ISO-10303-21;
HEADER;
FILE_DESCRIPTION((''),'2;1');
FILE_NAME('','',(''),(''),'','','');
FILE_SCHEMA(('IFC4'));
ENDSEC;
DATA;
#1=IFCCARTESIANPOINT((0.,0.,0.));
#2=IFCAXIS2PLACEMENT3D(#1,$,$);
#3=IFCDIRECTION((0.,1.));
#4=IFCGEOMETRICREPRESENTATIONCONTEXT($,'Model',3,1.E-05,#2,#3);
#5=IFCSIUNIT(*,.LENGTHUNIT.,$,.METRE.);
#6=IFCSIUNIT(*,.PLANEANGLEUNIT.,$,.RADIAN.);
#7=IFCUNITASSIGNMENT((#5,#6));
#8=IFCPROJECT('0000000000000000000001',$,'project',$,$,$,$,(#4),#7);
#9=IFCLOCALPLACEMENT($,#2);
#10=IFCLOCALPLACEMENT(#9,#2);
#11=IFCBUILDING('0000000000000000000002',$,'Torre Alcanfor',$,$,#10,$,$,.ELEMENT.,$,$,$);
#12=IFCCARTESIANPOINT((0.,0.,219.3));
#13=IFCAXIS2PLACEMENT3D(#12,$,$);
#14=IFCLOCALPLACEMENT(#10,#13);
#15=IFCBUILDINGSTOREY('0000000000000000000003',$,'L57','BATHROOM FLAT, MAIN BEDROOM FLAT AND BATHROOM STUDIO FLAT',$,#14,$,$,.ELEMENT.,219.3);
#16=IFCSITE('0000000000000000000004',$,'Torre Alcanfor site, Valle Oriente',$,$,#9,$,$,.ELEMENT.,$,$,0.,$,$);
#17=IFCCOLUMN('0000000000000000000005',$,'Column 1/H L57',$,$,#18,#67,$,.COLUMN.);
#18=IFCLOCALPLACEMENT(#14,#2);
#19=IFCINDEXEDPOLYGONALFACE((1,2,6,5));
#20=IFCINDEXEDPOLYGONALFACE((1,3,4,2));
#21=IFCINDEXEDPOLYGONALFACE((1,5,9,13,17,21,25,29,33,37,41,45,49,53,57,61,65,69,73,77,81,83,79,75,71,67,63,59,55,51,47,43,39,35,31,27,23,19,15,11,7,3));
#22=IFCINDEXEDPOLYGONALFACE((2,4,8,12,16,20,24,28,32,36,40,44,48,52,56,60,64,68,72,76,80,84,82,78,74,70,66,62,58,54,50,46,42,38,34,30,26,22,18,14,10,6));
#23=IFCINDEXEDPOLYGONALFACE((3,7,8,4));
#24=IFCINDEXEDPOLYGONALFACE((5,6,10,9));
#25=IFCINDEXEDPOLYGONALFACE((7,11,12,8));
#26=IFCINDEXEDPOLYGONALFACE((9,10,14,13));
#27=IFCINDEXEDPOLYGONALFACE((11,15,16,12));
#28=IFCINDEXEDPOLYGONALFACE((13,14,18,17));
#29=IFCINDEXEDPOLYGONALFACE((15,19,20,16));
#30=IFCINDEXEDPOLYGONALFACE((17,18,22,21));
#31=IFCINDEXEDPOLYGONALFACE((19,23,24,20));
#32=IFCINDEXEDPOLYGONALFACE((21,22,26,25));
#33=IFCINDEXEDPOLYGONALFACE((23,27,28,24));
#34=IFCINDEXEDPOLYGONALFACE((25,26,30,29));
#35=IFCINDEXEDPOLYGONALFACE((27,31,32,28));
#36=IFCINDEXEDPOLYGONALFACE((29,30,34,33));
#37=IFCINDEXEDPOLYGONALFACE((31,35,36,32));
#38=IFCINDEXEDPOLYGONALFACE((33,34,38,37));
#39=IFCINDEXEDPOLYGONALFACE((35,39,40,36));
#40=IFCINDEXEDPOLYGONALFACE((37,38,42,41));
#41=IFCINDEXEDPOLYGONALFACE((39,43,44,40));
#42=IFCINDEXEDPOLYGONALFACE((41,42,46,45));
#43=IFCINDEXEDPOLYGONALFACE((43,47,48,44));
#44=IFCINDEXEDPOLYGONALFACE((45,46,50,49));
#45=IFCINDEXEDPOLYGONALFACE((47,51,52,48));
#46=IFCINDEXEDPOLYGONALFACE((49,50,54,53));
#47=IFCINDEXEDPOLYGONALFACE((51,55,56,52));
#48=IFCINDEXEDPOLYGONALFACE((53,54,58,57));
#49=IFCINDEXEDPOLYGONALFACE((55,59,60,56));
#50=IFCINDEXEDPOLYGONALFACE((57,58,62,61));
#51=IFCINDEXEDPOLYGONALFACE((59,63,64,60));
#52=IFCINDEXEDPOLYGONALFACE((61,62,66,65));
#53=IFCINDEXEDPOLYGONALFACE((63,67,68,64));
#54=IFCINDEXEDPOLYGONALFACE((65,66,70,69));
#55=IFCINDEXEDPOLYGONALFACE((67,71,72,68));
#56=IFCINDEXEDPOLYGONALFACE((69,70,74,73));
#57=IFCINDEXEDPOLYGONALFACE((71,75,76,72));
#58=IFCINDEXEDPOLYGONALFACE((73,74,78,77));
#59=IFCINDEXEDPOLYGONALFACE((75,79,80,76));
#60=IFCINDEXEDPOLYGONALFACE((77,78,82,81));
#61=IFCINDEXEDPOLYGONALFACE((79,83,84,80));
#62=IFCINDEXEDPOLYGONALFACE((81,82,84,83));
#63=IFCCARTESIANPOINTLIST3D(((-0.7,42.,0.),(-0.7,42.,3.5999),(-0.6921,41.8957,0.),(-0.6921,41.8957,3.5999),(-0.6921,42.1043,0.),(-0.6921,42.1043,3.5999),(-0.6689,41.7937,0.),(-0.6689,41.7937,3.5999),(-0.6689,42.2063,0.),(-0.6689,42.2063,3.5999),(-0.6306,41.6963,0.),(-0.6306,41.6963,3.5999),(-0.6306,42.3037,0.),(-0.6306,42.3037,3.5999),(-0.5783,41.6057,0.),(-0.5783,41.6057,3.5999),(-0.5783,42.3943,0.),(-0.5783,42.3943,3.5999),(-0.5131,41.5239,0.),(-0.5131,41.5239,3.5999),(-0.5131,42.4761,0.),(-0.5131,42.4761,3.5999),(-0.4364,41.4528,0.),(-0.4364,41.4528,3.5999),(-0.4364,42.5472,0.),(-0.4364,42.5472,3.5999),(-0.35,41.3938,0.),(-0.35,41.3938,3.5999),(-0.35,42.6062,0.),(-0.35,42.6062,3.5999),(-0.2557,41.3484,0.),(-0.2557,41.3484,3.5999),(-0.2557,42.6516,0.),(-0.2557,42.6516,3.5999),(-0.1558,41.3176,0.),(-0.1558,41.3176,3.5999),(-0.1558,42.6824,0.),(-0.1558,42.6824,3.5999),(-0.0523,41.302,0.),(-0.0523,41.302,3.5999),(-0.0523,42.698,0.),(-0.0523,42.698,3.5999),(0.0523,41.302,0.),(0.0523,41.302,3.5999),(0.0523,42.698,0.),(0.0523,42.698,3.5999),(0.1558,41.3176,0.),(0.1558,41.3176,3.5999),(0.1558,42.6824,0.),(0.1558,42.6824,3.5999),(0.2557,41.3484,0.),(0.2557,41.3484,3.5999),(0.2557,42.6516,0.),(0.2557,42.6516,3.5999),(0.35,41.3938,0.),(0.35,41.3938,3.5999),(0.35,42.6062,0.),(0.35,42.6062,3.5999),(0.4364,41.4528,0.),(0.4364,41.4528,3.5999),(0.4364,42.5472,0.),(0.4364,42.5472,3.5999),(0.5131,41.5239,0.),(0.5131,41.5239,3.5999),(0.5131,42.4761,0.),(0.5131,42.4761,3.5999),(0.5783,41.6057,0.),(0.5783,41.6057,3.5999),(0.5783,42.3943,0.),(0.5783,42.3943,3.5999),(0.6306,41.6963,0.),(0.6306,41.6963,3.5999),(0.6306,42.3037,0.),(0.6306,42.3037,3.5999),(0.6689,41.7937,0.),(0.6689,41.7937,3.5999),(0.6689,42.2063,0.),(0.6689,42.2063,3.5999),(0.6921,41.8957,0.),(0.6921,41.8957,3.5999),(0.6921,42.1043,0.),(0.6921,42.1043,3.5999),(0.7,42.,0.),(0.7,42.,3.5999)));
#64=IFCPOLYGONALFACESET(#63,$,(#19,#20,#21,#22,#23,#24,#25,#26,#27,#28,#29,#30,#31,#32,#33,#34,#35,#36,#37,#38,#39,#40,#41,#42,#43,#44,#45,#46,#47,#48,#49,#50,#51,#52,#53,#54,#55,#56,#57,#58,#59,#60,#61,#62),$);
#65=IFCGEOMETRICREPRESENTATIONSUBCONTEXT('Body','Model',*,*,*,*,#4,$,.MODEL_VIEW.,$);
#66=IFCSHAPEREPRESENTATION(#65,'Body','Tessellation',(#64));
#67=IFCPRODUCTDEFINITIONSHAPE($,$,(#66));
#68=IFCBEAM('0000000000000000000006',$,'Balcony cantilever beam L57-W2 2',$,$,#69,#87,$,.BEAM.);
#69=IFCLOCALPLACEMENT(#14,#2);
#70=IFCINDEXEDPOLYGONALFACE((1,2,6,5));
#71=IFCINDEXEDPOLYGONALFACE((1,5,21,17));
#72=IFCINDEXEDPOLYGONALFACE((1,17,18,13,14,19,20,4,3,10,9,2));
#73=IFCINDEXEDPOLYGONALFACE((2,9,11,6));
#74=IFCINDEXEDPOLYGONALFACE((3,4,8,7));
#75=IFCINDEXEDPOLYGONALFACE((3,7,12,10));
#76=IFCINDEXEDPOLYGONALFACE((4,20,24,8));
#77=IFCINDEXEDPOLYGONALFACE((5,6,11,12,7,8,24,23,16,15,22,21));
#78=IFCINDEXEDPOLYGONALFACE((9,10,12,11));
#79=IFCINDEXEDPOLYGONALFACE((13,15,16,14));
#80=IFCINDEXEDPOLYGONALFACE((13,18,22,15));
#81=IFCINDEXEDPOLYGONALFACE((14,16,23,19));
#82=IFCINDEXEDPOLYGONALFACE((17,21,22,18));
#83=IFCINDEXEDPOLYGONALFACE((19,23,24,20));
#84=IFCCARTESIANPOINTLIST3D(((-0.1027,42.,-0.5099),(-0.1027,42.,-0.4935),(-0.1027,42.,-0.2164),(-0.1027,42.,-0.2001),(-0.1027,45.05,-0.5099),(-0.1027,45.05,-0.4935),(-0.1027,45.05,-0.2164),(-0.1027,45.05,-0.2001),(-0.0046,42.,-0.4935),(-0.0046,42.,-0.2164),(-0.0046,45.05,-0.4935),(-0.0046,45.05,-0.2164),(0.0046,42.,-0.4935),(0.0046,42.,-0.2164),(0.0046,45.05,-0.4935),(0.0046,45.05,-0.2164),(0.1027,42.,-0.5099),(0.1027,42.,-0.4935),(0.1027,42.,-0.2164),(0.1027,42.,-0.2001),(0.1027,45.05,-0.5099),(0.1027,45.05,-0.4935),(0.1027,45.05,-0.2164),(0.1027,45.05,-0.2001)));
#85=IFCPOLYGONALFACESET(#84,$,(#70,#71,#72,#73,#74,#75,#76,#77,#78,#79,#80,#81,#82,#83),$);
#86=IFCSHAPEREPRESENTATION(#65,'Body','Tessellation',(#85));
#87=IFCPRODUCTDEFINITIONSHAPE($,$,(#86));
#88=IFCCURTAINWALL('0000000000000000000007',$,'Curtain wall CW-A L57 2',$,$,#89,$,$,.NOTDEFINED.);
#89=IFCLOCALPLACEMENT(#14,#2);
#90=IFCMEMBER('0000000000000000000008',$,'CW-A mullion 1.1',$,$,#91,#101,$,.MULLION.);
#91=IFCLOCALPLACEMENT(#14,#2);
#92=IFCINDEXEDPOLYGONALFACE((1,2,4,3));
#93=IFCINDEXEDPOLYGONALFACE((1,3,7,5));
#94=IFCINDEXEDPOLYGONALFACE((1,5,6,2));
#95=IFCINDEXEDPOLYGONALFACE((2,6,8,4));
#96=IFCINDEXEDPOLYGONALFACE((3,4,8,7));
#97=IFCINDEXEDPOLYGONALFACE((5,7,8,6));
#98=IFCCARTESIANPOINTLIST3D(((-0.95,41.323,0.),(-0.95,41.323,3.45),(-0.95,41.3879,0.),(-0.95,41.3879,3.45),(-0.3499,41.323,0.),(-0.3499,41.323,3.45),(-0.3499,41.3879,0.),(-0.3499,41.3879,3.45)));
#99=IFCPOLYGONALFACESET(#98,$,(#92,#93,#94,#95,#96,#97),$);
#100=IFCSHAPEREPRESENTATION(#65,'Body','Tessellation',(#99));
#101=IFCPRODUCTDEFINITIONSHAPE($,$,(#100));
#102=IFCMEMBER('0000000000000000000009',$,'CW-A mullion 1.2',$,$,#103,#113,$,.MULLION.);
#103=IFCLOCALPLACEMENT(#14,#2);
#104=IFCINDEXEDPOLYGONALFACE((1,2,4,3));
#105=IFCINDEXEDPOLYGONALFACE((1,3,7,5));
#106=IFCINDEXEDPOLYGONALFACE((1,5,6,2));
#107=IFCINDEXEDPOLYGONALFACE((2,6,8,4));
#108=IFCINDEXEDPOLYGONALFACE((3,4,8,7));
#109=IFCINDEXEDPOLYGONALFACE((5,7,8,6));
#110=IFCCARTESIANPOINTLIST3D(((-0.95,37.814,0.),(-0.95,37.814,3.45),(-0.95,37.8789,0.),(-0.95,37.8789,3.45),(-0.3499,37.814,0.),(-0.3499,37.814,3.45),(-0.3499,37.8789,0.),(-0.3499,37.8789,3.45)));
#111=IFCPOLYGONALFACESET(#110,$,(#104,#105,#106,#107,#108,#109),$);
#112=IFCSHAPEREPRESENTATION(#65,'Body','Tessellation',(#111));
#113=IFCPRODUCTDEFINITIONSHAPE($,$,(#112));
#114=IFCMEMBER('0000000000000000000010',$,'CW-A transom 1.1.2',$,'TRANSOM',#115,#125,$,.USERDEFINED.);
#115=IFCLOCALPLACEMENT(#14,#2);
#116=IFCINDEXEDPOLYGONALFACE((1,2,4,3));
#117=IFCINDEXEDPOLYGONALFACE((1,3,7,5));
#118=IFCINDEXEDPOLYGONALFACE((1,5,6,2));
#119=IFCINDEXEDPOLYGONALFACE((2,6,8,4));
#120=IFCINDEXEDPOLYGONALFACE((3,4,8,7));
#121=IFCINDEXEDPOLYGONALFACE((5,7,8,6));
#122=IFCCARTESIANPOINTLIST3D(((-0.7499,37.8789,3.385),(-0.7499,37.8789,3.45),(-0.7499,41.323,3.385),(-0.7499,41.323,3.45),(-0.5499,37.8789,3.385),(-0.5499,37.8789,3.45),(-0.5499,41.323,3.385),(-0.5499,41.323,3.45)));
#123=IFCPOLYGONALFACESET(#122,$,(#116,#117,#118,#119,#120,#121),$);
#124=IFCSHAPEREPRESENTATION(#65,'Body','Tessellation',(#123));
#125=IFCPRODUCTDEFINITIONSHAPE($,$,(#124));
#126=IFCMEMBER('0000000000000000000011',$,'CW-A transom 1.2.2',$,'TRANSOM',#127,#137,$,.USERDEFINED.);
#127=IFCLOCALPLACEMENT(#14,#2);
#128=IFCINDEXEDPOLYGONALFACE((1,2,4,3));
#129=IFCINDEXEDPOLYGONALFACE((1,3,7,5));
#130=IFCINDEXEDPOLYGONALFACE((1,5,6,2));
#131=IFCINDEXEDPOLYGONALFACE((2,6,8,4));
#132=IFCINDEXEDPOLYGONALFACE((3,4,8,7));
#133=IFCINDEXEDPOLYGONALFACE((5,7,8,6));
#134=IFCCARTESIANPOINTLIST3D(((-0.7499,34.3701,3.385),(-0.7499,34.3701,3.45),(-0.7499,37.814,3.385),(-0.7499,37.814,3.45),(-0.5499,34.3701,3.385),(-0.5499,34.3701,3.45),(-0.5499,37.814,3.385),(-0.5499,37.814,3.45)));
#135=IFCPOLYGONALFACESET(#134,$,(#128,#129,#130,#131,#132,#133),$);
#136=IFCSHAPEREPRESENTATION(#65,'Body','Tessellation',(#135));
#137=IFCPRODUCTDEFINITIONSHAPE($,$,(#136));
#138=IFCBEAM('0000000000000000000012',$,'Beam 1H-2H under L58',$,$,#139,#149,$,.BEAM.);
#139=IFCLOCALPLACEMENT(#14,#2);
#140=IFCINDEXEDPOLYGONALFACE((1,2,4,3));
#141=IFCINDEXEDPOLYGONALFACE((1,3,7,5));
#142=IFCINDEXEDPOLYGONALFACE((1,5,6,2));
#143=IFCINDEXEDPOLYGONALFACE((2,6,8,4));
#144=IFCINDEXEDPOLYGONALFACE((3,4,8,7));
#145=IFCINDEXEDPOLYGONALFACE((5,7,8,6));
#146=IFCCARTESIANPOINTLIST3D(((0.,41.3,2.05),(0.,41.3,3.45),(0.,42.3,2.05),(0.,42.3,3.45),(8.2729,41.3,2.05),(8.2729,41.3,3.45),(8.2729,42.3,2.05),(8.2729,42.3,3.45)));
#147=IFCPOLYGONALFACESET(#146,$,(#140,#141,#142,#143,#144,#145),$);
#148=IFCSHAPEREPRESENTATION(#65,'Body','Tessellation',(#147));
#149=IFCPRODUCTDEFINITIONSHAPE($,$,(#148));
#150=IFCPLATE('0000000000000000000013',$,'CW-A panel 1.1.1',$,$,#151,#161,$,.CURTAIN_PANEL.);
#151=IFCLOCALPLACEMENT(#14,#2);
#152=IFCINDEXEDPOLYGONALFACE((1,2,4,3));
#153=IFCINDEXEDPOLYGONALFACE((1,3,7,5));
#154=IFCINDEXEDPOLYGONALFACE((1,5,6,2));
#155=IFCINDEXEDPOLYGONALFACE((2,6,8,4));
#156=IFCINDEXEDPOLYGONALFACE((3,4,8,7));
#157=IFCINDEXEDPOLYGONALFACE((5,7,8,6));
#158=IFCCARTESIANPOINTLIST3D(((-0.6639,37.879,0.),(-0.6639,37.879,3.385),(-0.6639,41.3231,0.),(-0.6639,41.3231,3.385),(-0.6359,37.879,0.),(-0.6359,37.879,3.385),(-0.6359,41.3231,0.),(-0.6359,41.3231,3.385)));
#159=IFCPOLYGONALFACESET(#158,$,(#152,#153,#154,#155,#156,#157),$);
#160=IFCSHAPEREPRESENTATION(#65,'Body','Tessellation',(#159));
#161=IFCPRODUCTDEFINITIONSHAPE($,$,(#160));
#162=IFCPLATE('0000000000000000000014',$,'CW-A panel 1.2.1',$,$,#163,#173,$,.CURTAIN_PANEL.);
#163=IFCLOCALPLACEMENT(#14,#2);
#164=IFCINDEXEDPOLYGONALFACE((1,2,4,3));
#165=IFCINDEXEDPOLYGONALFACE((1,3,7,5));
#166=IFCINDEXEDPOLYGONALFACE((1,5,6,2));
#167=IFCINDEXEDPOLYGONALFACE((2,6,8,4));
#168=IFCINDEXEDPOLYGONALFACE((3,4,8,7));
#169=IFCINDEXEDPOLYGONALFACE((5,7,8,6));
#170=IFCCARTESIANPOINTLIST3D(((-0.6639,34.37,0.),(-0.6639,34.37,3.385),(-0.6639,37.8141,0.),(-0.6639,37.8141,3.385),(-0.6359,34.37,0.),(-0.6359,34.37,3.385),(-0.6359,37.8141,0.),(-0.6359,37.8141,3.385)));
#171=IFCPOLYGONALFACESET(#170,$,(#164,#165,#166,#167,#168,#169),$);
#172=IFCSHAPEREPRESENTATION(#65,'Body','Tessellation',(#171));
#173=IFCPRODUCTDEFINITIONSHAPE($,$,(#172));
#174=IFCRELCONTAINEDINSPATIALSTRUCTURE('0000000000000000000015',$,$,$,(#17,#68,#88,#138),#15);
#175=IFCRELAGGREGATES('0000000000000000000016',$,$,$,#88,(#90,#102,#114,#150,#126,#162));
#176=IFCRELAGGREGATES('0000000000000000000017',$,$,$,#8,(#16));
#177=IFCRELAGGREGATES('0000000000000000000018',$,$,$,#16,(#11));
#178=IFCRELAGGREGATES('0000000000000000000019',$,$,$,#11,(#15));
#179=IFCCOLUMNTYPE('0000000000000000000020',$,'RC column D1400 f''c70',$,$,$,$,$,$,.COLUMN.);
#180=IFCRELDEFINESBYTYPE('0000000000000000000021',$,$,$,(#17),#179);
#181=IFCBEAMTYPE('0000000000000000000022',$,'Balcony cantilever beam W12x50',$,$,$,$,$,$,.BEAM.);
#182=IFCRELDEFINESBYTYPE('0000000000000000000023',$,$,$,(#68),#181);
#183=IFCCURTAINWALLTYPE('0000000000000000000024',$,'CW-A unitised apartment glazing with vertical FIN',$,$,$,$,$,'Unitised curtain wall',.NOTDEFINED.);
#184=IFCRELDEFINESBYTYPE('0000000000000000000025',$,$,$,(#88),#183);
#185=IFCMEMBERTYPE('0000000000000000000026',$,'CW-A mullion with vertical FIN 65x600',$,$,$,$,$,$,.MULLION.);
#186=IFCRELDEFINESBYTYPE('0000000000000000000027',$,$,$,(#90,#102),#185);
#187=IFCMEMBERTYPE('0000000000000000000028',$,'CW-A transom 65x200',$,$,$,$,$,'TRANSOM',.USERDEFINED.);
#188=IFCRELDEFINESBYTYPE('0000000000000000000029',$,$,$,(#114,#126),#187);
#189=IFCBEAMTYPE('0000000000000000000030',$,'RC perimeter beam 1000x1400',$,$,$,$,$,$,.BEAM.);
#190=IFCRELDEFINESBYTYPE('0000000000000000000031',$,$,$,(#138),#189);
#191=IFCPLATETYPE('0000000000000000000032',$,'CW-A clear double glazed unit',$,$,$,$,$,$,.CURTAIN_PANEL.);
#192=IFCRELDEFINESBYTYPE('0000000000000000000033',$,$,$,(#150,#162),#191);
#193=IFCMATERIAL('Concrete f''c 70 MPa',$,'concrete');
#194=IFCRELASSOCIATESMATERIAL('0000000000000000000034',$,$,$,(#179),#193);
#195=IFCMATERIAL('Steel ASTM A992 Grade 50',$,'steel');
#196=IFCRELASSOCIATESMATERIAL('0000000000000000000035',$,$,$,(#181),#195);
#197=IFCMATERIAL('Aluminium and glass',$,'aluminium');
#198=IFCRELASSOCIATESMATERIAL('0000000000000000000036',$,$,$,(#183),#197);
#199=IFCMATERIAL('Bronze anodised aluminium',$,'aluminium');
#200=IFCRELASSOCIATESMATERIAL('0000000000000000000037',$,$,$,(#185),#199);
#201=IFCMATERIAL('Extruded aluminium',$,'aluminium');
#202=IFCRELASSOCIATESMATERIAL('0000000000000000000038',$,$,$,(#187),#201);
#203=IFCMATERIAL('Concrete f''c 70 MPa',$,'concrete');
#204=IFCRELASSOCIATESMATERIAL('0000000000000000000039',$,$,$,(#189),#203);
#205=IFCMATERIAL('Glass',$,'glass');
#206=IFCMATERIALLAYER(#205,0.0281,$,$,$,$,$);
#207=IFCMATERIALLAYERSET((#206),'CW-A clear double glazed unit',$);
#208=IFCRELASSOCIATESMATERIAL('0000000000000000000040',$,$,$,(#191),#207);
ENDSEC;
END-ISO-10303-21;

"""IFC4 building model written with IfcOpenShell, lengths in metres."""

from ifc_helpers import new_model, si_unit, direction, frame, origin, origin_2d, place, context, subcontext, project, spatial, rectangle, circle, i_section, extrude, material, layer, layer_set, material_profile, profile_set, type_object, element, aggregate, save


model = new_model("IFC4")

# Units and contexts
model_context = context("Model", 3, precision=1e-05, world=origin(), true_north=direction((0.0, 1.0)))
body_context = subcontext(model_context, "Body", "Model", "MODEL_VIEW")
ifc_project = project(units=[si_unit("LENGTHUNIT", "METRE"), si_unit("PLANEANGLEUNIT", "RADIAN")], contexts=[model_context])

# Site, building, storey
site_placement = place(None, origin())
site = spatial("IfcSite", under=ifc_project, at=site_placement, Name="Torre Alcanfor site, Valle Oriente", CompositionType="ELEMENT", RefElevation=0.0)
building_placement = place(site_placement, origin())
building = spatial("IfcBuilding", under=site, at=building_placement, Name="Torre Alcanfor", CompositionType="ELEMENT")
storey_placement = place(building_placement, frame((0.0, 0.0, 219.3)))
storey = spatial("IfcBuildingStorey", under=building, at=storey_placement, Name="L57", Description="BATHROOM FLAT, MAIN BEDROOM FLAT AND BATHROOM STUDIO FLAT", CompositionType="ELEMENT", Elevation=219.3)

# Column
ifc_material_1 = material(Name="Concrete f'c 70 MPa", Category="concrete")
ifc_material_profile_1 = material_profile(ifc_material_1, circle(Radius=0.7, at=origin_2d()), Name="D1400")
ifc_profile_set_1 = profile_set([ifc_material_profile_1], Name="Concrete f'c 70 MPa")
column_type = type_object("IfcColumnType", Name="RC column D1400 f'c70", PredefinedType="COLUMN", material=ifc_profile_set_1)
column_placement = place(storey_placement, frame((0.0, 42.0, 0.0), z_axis=(0.0, 0.0, 1.0), x_axis=(1.0, 0.0, 0.0)))
element("IfcColumn", 1, at=column_placement, inside=storey, type_object=column_type, Name="Column 1/H L57", PredefinedType="COLUMN", context=body_context, shape_type="SweptSolid", body=[
    extrude(circle(Radius=0.7, at=origin_2d()), origin(), (0.0, 0.0, 1.0), 3.5999),
])

# Beam
ifc_material_2 = material(Name="Steel ASTM A992 Grade 50", Category="steel")
ifc_material_profile_2 = material_profile(ifc_material_2, i_section(OverallWidth=0.2053, OverallDepth=0.3098, WebThickness=0.0093, FlangeThickness=0.0164, at=origin_2d()), Name="W12x50")
ifc_profile_set_2 = profile_set([ifc_material_profile_2], Name="Steel ASTM A992 Grade 50")
beam_type_1 = type_object("IfcBeamType", Name="Balcony cantilever beam W12x50", PredefinedType="BEAM", material=ifc_profile_set_2)
beam_1_placement = place(storey_placement, frame((0.0, 42.0, -0.355), z_axis=(0.0, 1.0, 0.0), x_axis=(-1.0, 0.0, 0.0)))
element("IfcBeam", 2, at=beam_1_placement, inside=storey, type_object=beam_type_1, Name="Balcony cantilever beam L57-W2 2", PredefinedType="BEAM", context=body_context, shape_type="SweptSolid", body=[
    extrude(i_section(OverallWidth=0.2053, OverallDepth=0.3098, WebThickness=0.0093, FlangeThickness=0.0164, at=origin_2d()), origin(), (0.0, 0.0, 1.0), 3.05),
])

# Curtain wall, members
ifc_material_3 = material(Name="Aluminium and glass", Category="aluminium")
curtain_wall_type = type_object("IfcCurtainWallType", Name="CW-A unitised apartment glazing with vertical FIN", ElementType="Unitised curtain wall", PredefinedType="NOTDEFINED", material=ifc_material_3)
curtain_wall_placement = place(storey_placement, origin())
curtain_wall = element("IfcCurtainWall", 3, at=curtain_wall_placement, inside=storey, type_object=curtain_wall_type, Name="Curtain wall CW-A L57 2", PredefinedType="NOTDEFINED")
ifc_material_4 = material(Name="Bronze anodised aluminium", Category="aluminium")
ifc_material_profile_3 = material_profile(ifc_material_4, rectangle(XDim=0.6001, YDim=0.0649, at=origin_2d()), Name="CW-A mullion 65x600")
ifc_profile_set_3 = profile_set([ifc_material_profile_3], Name="Bronze anodised aluminium")
member_type_1 = type_object("IfcMemberType", Name="CW-A mullion with vertical FIN 65x600", PredefinedType="MULLION", material=ifc_profile_set_3)
member_1_placement = place(storey_placement, frame((-0.6499, 41.3555, 0.0), z_axis=(0.0, 0.0, 1.0), x_axis=(1.0, 0.0, 0.0)))
member_1 = element("IfcMember", 4, at=member_1_placement, type_object=member_type_1, Name="CW-A mullion 1.1", PredefinedType="MULLION", context=body_context, shape_type="SweptSolid", body=[
    extrude(rectangle(XDim=0.6001, YDim=0.0649, at=origin_2d()), origin(), (0.0, 0.0, 1.0), 3.45),
])
member_2_placement = place(storey_placement, frame((-0.6499, 37.8464, 0.0), z_axis=(0.0, 0.0, 1.0), x_axis=(1.0, 0.0, 0.0)))
member_2 = element("IfcMember", 5, at=member_2_placement, type_object=member_type_1, Name="CW-A mullion 1.2", PredefinedType="MULLION", context=body_context, shape_type="SweptSolid", body=[
    extrude(rectangle(XDim=0.6001, YDim=0.0649, at=origin_2d()), origin(), (0.0, 0.0, 1.0), 3.45),
])
ifc_material_5 = material(Name="Extruded aluminium", Category="aluminium")
ifc_material_profile_4 = material_profile(ifc_material_5, rectangle(XDim=0.2, YDim=0.0649, at=origin_2d()), Name="CW-A transom 200x65")
ifc_profile_set_4 = profile_set([ifc_material_profile_4], Name="Extruded aluminium")
member_type_2 = type_object("IfcMemberType", Name="CW-A transom 65x200", ElementType="TRANSOM", PredefinedType="USERDEFINED", material=ifc_profile_set_4)
member_3_placement = place(storey_placement, frame((-0.6499, 41.323, 3.4175), z_axis=(0.0, -1.0, 0.0), x_axis=(1.0, 0.0, 0.0)))
member_3 = element("IfcMember", 6, at=member_3_placement, type_object=member_type_2, Name="CW-A transom 1.1.2", ObjectType="TRANSOM", PredefinedType="USERDEFINED", context=body_context, shape_type="SweptSolid", body=[
    extrude(rectangle(XDim=0.2, YDim=0.0649, at=origin_2d()), origin(), (0.0, 0.0, 1.0), 3.4441),
])
member_4_placement = place(storey_placement, frame((-0.6499, 37.814, 3.4175), z_axis=(0.0, -1.0, 0.0), x_axis=(1.0, 0.0, 0.0)))
member_4 = element("IfcMember", 7, at=member_4_placement, type_object=member_type_2, Name="CW-A transom 1.2.2", ObjectType="TRANSOM", PredefinedType="USERDEFINED", context=body_context, shape_type="SweptSolid", body=[
    extrude(rectangle(XDim=0.2, YDim=0.0649, at=origin_2d()), origin(), (0.0, 0.0, 1.0), 3.4438),
])

# Beam
ifc_material_6 = material(Name="Concrete f'c 70 MPa", Category="concrete")
ifc_material_profile_5 = material_profile(ifc_material_6, rectangle(XDim=1.0, YDim=1.3999, at=origin_2d()), Name="1000x1400")
ifc_profile_set_5 = profile_set([ifc_material_profile_5], Name="Concrete f'c 70 MPa")
beam_type_2 = type_object("IfcBeamType", Name="RC perimeter beam 1000x1400", PredefinedType="BEAM", material=ifc_profile_set_5)
beam_2_placement = place(storey_placement, frame((0.0, 41.8, 2.75), z_axis=(1.0, 0.0, 0.0), x_axis=(0.0, 1.0, 0.0)))
element("IfcBeam", 8, at=beam_2_placement, inside=storey, type_object=beam_type_2, Name="Beam 1H-2H under L58", PredefinedType="BEAM", context=body_context, shape_type="SweptSolid", body=[
    extrude(rectangle(XDim=1.0, YDim=1.3999, at=origin_2d()), origin(), (0.0, 0.0, 1.0), 8.2729),
])

# Plates
ifc_material_7 = material(Name="Glass", Category="glass")
ifc_layer_1 = layer(ifc_material_7, 0.0281)
ifc_layer_set_1 = layer_set([ifc_layer_1], Name="CW-A clear double glazed unit")
plate_type = type_object("IfcPlateType", Name="CW-A clear double glazed unit", PredefinedType="CURTAIN_PANEL", material=ifc_layer_set_1)
plate_1_placement = place(storey_placement, frame((-0.6499, 39.6011, 0.0), z_axis=(0.0, 0.0, 1.0), x_axis=(0.0, -1.0, 0.0)))
plate_1 = element("IfcPlate", 9, at=plate_1_placement, type_object=plate_type, Name="CW-A panel 1.1.1", PredefinedType="CURTAIN_PANEL", context=body_context, shape_type="SweptSolid", body=[
    extrude(rectangle(XDim=3.4441, YDim=0.0281, at=origin_2d()), origin(), (0.0, 0.0, 1.0), 3.385),
])
plate_2_placement = place(storey_placement, frame((-0.6499, 36.092, 0.0), z_axis=(0.0, 0.0, 1.0), x_axis=(0.0, -1.0, 0.0)))
plate_2 = element("IfcPlate", 10, at=plate_2_placement, type_object=plate_type, Name="CW-A panel 1.2.1", PredefinedType="CURTAIN_PANEL", context=body_context, shape_type="SweptSolid", body=[
    extrude(rectangle(XDim=3.4441, YDim=0.0281, at=origin_2d()), origin(), (0.0, 0.0, 1.0), 3.385),
])
aggregate(curtain_wall, [member_1, member_2, member_3, plate_1, member_4, plate_2])

save(model, "model.ifc")
